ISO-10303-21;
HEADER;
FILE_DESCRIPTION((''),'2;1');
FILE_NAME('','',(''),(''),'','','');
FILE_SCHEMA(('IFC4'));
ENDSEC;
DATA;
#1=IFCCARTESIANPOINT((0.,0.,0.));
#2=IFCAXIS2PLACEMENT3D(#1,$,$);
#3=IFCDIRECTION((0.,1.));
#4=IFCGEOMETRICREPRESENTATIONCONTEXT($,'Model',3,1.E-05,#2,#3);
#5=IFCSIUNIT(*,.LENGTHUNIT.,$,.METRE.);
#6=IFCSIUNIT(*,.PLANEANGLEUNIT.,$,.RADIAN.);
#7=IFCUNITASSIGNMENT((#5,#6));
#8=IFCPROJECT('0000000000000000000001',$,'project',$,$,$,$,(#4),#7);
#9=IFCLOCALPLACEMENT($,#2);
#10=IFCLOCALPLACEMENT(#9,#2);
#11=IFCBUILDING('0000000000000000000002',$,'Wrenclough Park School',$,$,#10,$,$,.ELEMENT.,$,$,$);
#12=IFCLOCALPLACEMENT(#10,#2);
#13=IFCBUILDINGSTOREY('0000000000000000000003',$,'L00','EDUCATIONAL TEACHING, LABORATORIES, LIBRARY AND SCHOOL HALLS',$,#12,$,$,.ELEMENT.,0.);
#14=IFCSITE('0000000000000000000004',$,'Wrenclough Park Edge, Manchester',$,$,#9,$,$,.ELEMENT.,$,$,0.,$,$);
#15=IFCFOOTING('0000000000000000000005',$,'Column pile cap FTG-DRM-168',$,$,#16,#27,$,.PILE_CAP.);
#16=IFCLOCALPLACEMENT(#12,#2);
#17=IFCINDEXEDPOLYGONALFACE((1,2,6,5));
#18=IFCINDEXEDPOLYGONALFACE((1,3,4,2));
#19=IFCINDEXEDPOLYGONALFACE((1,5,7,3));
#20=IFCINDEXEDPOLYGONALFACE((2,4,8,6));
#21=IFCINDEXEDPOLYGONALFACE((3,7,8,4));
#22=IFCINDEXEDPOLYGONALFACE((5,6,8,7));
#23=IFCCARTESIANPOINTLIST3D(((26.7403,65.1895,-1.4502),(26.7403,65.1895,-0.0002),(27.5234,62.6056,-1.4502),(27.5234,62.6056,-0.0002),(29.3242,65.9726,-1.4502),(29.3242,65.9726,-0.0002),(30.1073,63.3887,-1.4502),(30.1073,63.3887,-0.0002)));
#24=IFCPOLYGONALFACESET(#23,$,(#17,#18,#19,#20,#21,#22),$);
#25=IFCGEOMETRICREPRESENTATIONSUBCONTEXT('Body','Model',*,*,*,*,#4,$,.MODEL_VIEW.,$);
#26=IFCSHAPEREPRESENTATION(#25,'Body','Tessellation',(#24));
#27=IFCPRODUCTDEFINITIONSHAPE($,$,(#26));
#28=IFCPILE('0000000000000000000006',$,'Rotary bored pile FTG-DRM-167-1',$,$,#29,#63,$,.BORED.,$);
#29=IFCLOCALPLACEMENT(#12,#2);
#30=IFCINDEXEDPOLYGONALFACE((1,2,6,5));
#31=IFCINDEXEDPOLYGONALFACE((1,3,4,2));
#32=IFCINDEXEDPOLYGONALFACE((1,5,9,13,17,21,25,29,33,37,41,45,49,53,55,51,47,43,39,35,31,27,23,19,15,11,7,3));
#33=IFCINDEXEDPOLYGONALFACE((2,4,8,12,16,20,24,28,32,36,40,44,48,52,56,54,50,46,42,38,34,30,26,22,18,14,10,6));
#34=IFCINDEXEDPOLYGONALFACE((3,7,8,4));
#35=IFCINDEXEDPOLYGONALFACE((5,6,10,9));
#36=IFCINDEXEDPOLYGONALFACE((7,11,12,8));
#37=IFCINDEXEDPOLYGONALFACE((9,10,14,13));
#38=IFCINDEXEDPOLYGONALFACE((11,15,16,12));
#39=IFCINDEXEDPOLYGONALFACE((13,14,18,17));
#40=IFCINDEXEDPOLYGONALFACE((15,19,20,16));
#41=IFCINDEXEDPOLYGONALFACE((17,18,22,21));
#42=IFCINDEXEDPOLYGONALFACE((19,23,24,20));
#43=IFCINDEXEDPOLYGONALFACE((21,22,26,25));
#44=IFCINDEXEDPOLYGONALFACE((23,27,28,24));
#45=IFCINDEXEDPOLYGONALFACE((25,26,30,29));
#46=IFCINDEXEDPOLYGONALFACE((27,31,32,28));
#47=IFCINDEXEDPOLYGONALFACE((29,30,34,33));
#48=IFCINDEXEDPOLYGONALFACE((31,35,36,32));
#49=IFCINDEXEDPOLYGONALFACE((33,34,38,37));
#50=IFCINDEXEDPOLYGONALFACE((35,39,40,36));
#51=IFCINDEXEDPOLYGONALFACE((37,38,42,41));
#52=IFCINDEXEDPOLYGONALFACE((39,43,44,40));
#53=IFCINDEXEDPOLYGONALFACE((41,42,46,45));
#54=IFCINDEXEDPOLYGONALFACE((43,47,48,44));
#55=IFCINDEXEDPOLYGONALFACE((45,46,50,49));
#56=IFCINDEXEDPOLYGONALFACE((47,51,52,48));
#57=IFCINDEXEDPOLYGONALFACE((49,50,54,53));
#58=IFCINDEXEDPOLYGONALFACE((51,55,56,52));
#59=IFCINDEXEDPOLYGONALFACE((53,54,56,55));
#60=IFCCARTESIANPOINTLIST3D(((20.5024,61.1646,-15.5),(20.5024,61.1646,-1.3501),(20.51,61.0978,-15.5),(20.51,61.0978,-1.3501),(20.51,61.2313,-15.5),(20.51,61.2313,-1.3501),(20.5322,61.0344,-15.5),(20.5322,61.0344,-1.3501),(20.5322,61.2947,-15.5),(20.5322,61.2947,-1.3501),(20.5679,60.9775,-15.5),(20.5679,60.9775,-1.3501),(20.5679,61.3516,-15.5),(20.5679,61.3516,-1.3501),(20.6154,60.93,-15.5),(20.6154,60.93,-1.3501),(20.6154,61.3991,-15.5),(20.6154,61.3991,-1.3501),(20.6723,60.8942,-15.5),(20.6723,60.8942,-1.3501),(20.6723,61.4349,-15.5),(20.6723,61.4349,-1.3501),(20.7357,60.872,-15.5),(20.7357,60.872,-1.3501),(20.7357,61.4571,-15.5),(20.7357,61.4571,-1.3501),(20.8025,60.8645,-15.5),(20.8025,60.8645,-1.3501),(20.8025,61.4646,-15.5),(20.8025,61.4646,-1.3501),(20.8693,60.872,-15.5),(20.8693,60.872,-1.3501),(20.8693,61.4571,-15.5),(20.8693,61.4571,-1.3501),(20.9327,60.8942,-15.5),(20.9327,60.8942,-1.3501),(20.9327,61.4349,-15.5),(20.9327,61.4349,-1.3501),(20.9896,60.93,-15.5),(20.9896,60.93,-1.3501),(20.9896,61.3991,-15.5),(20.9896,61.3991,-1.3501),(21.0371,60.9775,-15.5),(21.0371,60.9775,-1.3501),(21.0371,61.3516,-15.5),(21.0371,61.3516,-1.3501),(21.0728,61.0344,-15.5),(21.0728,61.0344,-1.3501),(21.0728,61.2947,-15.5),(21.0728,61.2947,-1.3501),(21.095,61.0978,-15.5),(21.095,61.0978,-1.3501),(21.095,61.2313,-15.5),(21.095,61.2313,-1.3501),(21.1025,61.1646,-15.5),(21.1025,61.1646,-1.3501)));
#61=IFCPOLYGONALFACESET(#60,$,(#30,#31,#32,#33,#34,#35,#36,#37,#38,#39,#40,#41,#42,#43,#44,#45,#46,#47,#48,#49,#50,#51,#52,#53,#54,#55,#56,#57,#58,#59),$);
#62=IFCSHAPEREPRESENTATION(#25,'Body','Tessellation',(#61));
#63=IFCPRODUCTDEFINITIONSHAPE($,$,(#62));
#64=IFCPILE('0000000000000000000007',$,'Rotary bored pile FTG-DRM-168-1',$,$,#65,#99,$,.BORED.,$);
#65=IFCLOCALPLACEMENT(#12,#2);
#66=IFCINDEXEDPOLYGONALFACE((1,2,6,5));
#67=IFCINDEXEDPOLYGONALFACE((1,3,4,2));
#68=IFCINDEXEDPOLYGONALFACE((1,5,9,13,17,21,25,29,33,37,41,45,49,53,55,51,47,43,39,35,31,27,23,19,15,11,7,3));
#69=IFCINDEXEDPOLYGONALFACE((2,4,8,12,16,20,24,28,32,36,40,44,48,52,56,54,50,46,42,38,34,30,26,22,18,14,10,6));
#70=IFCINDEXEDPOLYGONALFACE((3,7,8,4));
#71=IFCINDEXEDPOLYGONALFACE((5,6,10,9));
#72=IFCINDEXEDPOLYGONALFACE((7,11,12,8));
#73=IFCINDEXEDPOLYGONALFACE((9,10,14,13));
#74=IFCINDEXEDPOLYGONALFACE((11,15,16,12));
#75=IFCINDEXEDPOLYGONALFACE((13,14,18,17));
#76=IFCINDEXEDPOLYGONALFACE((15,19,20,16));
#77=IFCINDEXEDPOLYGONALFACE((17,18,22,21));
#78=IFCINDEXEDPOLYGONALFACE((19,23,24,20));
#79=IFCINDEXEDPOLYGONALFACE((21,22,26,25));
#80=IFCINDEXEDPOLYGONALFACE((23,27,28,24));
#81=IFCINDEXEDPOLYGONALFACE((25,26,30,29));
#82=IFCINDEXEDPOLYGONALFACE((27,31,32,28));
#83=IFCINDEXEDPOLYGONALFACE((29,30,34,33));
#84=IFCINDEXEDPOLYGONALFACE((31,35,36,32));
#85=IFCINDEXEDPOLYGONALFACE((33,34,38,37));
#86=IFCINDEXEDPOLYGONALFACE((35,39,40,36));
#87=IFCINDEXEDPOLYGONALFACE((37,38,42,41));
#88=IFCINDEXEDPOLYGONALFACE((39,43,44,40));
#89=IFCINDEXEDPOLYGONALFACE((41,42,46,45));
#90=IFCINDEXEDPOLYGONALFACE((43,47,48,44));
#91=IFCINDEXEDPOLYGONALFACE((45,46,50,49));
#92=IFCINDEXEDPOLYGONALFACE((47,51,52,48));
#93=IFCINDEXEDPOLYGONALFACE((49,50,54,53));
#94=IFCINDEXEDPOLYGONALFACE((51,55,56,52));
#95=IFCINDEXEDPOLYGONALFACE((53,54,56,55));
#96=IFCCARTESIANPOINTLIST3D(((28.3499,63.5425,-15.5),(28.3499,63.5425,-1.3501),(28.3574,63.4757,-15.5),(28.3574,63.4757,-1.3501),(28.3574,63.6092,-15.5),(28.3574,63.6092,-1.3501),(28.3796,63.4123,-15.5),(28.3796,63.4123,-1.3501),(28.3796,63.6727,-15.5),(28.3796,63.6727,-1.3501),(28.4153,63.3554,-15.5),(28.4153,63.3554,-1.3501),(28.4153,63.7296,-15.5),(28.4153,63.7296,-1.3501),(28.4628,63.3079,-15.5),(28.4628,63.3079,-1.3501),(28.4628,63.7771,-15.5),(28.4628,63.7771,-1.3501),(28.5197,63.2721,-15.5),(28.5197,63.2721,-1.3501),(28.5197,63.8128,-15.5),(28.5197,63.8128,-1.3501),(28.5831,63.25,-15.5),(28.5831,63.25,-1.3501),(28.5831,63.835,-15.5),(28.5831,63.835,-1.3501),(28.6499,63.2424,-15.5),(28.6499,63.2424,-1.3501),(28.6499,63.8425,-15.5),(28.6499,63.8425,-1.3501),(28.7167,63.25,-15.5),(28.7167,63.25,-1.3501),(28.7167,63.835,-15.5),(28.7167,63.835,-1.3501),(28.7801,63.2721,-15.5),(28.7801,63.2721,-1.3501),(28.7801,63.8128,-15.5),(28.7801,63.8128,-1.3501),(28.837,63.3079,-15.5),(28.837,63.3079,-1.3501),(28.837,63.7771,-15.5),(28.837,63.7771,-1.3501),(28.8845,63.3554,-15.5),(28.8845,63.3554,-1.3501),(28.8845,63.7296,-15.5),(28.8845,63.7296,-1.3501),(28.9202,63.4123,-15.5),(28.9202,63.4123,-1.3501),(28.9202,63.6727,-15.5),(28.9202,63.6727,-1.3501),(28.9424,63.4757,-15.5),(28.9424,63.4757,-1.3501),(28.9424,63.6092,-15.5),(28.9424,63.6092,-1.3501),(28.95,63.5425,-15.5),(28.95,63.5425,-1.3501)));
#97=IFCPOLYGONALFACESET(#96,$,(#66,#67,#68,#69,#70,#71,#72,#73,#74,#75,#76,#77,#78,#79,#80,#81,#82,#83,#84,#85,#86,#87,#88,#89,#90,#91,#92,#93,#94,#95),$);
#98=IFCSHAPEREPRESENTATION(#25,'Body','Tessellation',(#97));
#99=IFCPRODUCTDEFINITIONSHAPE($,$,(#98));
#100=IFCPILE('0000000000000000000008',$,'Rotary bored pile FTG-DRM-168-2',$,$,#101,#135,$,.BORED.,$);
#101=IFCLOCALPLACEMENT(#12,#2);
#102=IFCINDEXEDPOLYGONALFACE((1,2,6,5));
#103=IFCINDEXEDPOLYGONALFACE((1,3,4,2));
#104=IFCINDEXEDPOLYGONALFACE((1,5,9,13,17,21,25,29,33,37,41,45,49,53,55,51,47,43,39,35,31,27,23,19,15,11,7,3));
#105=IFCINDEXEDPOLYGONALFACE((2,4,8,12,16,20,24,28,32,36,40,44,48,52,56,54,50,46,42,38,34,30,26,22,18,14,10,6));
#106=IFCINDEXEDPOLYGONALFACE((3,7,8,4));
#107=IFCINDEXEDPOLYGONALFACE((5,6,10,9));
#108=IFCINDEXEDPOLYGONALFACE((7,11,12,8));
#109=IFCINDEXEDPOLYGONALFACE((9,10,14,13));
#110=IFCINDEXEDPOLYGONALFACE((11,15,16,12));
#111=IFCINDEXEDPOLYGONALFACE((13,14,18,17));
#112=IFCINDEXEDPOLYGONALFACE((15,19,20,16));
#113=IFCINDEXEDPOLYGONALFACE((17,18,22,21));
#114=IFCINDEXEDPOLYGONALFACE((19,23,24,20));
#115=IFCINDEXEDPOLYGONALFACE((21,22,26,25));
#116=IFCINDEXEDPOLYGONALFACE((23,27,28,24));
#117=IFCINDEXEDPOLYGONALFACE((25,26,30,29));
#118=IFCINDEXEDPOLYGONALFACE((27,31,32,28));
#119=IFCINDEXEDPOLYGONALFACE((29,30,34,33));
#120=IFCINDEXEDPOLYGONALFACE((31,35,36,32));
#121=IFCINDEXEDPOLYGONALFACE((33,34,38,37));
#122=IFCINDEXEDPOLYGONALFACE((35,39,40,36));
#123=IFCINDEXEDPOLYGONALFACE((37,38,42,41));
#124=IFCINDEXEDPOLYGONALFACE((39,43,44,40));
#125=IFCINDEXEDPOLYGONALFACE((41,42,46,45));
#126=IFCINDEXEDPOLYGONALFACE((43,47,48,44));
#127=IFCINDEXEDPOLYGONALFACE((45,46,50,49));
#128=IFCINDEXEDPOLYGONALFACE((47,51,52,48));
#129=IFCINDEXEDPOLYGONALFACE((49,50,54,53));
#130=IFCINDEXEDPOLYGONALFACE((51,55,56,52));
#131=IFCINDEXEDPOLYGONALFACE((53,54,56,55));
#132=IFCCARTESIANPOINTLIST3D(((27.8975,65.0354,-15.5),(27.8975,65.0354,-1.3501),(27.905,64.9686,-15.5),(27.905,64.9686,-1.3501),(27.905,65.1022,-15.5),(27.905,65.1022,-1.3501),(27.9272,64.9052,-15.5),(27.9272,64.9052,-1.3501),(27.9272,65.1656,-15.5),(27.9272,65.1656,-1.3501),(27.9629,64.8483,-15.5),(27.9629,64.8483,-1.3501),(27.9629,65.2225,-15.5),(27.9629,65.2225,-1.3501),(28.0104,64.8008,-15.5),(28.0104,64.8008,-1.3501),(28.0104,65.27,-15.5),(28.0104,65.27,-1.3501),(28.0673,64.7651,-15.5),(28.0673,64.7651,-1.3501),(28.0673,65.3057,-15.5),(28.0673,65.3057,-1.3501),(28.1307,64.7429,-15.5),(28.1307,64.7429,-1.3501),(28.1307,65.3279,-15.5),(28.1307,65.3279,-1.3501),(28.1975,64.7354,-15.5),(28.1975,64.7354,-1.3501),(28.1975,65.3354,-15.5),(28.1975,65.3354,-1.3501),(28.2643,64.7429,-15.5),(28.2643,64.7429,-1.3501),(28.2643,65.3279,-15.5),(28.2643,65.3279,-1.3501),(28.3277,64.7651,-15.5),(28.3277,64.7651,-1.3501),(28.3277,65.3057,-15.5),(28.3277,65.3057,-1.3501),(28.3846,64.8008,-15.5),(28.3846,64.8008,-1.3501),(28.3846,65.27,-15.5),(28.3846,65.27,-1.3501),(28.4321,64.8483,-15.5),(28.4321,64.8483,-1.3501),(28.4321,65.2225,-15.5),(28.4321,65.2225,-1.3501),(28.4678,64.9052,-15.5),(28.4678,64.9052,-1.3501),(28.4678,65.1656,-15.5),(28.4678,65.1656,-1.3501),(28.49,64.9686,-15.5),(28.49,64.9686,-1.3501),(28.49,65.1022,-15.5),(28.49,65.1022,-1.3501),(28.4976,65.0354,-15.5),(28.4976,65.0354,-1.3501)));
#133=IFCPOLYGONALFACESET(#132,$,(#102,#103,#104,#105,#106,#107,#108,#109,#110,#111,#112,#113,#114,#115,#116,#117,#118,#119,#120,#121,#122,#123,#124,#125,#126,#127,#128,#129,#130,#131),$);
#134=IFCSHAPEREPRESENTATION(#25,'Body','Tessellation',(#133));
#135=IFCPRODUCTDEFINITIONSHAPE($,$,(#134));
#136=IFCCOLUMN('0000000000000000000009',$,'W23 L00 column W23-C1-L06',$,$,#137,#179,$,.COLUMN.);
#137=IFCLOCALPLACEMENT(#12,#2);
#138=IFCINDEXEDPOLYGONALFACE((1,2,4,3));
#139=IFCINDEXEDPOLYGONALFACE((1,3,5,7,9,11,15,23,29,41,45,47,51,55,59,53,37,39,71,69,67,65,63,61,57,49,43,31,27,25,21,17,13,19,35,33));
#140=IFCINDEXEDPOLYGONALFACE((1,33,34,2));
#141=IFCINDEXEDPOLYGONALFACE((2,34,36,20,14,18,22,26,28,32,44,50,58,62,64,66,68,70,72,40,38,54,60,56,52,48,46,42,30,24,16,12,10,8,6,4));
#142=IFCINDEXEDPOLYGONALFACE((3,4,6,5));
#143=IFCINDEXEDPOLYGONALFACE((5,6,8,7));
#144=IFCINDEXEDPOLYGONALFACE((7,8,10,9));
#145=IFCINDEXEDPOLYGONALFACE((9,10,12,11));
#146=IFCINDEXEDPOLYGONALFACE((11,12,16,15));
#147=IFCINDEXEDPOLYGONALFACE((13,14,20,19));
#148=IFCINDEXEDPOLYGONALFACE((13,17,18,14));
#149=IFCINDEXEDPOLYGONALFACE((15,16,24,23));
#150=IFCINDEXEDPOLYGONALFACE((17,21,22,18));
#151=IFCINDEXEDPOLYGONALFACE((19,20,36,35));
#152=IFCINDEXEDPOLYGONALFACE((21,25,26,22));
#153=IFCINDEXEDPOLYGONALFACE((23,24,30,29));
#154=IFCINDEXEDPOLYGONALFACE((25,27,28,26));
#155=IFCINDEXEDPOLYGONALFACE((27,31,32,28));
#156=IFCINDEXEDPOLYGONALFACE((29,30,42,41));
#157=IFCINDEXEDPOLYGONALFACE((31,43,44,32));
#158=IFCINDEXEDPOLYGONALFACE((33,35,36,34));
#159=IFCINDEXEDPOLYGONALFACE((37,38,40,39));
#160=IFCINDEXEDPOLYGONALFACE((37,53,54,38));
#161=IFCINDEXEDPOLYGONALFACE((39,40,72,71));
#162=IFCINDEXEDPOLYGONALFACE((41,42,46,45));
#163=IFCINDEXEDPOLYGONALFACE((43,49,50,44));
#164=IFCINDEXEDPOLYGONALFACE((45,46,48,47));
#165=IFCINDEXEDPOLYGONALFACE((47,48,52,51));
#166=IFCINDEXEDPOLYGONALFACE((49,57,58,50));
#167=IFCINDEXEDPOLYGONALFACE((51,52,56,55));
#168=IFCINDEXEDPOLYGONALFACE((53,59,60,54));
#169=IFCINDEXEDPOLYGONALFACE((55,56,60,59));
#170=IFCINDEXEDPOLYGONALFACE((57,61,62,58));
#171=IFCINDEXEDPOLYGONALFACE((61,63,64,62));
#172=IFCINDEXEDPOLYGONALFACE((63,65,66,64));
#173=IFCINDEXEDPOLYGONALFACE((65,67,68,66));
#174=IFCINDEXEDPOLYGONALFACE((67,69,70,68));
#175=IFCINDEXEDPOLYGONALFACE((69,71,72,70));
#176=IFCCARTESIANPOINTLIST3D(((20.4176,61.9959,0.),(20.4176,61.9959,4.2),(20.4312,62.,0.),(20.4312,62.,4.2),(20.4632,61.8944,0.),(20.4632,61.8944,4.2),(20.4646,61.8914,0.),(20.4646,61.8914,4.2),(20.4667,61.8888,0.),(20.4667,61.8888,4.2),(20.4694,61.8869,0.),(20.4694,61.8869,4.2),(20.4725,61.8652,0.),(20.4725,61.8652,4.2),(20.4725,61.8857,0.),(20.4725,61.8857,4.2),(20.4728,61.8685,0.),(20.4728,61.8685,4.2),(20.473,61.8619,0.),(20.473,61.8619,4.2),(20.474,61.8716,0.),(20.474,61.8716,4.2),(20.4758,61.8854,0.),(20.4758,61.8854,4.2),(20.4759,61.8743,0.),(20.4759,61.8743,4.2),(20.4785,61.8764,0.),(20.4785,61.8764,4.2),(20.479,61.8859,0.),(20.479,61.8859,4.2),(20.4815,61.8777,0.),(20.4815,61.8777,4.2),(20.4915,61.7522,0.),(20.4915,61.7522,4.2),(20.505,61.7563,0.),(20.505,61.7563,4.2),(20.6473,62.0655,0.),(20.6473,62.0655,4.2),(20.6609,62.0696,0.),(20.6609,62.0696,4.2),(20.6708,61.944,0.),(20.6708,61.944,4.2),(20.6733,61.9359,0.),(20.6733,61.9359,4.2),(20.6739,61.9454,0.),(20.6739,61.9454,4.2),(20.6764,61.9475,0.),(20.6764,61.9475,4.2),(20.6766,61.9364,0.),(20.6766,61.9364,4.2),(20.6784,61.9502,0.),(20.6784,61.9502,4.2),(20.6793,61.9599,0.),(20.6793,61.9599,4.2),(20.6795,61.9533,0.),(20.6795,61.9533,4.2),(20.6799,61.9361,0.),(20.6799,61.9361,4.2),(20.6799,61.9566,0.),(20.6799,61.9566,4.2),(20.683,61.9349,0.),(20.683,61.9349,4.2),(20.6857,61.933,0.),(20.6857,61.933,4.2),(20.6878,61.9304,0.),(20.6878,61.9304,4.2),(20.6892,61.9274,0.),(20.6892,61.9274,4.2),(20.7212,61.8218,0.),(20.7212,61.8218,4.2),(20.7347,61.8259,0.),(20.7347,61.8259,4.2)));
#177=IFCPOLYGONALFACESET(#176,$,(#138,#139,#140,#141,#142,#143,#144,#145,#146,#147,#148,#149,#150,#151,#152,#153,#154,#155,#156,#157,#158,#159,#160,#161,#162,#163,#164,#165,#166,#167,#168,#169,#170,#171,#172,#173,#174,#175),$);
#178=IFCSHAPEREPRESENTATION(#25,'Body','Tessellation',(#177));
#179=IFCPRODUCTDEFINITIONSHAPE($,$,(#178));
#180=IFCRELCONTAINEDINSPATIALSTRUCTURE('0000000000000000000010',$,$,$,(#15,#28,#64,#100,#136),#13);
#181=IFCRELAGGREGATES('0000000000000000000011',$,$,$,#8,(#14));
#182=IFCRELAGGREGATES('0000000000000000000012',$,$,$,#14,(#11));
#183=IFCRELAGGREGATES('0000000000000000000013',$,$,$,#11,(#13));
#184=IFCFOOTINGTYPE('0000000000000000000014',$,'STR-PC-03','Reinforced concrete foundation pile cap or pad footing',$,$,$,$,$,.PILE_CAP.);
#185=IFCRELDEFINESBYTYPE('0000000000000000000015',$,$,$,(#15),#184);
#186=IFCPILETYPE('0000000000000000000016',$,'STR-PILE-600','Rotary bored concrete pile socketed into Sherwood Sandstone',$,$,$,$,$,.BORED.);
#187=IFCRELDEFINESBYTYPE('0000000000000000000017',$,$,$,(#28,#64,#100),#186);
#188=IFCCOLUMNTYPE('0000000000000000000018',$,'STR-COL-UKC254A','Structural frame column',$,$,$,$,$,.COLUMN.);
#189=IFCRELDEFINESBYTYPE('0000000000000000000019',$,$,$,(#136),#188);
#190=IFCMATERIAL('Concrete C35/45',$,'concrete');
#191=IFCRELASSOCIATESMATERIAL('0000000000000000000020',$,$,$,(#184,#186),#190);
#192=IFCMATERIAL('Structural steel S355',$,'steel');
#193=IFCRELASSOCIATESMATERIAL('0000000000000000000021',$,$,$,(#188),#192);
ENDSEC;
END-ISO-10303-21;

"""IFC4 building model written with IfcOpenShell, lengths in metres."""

from ifc_helpers import new_model, si_unit, direction, frame, origin, origin_2d, place, context, subcontext, project, spatial, rectangle, circle, i_section, extrude, material, material_profile, profile_set, type_object, element, save


model = new_model("IFC4")

# Units and contexts
model_context = context("Model", 3, precision=1e-05, world=origin(), true_north=direction((0.0, 1.0)))
body_context = subcontext(model_context, "Body", "Model", "MODEL_VIEW")
ifc_project = project(units=[si_unit("LENGTHUNIT", "METRE"), si_unit("PLANEANGLEUNIT", "RADIAN")], contexts=[model_context])

# Site, building, storey
site_placement = place(None, origin())
site = spatial("IfcSite", under=ifc_project, at=site_placement, Name="Wrenclough Park Edge, Manchester", CompositionType="ELEMENT", RefElevation=0.0)
building_placement = place(site_placement, origin())
building = spatial("IfcBuilding", under=site, at=building_placement, Name="Wrenclough Park School", CompositionType="ELEMENT")
storey_placement = place(building_placement, origin())
storey = spatial("IfcBuildingStorey", under=building, at=storey_placement, Name="L00", Description="EDUCATIONAL TEACHING, LABORATORIES, LIBRARY AND SCHOOL HALLS", CompositionType="ELEMENT", Elevation=0.0)

# Footing
ifc_material_1 = material(Name="Concrete C35/45", Category="concrete")
footing_type = type_object("IfcFootingType", Name="STR-PC-03", Description="Reinforced concrete foundation pile cap or pad footing", PredefinedType="PILE_CAP", material=ifc_material_1)
footing_placement = place(storey_placement, frame((28.4238, 64.2891, -1.4502), z_axis=(0.0, 0.0, 1.0), x_axis=(-0.290034, 0.957016, 0.0)))
element("IfcFooting", 1, at=footing_placement, inside=storey, type_object=footing_type, Name="Column pile cap FTG-DRM-168", PredefinedType="PILE_CAP", context=body_context, shape_type="SweptSolid", body=[
    extrude(rectangle(XDim=2.7, YDim=2.7, at=origin_2d()), origin(), (0.0, 0.0, 1.0), 1.45),
])

# Piles
ifc_material_profile_1 = material_profile(ifc_material_1, circle(Radius=0.3, at=origin_2d()), Name="BORED PILE D600")
ifc_profile_set_1 = profile_set([ifc_material_profile_1], Name="Concrete C35/45")
pile_type = type_object("IfcPileType", Name="STR-PILE-600", Description="Rotary bored concrete pile socketed into Sherwood Sandstone", PredefinedType="BORED", material=ifc_profile_set_1)
for number, where, z_axis, x_axis, name in (
    (2, (20.8025, 61.1646, -1.3501), (0.0, 0.0, -1.0), (1.0, 0.0, 0.0), "Rotary bored pile FTG-DRM-167-1"),
    (3, (28.6499, 63.5425, -1.3501), (0.0, 0.0, -1.0), (1.0, 0.0, 0.0), "Rotary bored pile FTG-DRM-168-1"),
    (4, (28.1975, 65.0354, -1.3501), (0.0, 0.0, -1.0), (1.0, 0.0, 0.0), "Rotary bored pile FTG-DRM-168-2"),
):
    element("IfcPile", number, at=place(storey_placement, frame(where, z_axis=z_axis, x_axis=x_axis)), inside=storey, type_object=pile_type, Name=name, PredefinedType="BORED", context=body_context, shape_type="SweptSolid", body=[
        extrude(circle(Radius=0.3, at=origin_2d()), origin(), (0.0, 0.0, 1.0), 14.1499),
    ])

# Column
ifc_material_2 = material(Name="Structural steel S355", Category="steel")
ifc_material_profile_2 = material_profile(ifc_material_2, i_section(OverallWidth=0.2546, OverallDepth=0.2542, WebThickness=0.0085, FlangeThickness=0.0142, FilletRadius=0.0127, at=origin_2d()), Name="UKC 254x254x73")
ifc_profile_set_2 = profile_set([ifc_material_profile_2], Name="Structural steel S355")
column_type = type_object("IfcColumnType", Name="STR-COL-UKC254A", Description="Structural frame column", PredefinedType="COLUMN", material=ifc_profile_set_2)
for number, where, z_axis, x_axis, name in (
    (5, (20.5762, 61.9109, 0.0), (0.0, 0.0, 1.0), (-0.290034, 0.957016, 0.0), "W23 L00 column W23-C1-L06"),
):
    element("IfcColumn", number, at=place(storey_placement, frame(where, z_axis=z_axis, x_axis=x_axis)), inside=storey, type_object=column_type, Name=name, PredefinedType="COLUMN", context=body_context, shape_type="SweptSolid", body=[
        extrude(i_section(OverallWidth=0.2546, OverallDepth=0.2542, WebThickness=0.0085, FlangeThickness=0.0142, FilletRadius=0.0127, at=origin_2d()), origin(), (0.0, 0.0, 1.0), 4.2),
    ])

save(model, "model.ifc")
